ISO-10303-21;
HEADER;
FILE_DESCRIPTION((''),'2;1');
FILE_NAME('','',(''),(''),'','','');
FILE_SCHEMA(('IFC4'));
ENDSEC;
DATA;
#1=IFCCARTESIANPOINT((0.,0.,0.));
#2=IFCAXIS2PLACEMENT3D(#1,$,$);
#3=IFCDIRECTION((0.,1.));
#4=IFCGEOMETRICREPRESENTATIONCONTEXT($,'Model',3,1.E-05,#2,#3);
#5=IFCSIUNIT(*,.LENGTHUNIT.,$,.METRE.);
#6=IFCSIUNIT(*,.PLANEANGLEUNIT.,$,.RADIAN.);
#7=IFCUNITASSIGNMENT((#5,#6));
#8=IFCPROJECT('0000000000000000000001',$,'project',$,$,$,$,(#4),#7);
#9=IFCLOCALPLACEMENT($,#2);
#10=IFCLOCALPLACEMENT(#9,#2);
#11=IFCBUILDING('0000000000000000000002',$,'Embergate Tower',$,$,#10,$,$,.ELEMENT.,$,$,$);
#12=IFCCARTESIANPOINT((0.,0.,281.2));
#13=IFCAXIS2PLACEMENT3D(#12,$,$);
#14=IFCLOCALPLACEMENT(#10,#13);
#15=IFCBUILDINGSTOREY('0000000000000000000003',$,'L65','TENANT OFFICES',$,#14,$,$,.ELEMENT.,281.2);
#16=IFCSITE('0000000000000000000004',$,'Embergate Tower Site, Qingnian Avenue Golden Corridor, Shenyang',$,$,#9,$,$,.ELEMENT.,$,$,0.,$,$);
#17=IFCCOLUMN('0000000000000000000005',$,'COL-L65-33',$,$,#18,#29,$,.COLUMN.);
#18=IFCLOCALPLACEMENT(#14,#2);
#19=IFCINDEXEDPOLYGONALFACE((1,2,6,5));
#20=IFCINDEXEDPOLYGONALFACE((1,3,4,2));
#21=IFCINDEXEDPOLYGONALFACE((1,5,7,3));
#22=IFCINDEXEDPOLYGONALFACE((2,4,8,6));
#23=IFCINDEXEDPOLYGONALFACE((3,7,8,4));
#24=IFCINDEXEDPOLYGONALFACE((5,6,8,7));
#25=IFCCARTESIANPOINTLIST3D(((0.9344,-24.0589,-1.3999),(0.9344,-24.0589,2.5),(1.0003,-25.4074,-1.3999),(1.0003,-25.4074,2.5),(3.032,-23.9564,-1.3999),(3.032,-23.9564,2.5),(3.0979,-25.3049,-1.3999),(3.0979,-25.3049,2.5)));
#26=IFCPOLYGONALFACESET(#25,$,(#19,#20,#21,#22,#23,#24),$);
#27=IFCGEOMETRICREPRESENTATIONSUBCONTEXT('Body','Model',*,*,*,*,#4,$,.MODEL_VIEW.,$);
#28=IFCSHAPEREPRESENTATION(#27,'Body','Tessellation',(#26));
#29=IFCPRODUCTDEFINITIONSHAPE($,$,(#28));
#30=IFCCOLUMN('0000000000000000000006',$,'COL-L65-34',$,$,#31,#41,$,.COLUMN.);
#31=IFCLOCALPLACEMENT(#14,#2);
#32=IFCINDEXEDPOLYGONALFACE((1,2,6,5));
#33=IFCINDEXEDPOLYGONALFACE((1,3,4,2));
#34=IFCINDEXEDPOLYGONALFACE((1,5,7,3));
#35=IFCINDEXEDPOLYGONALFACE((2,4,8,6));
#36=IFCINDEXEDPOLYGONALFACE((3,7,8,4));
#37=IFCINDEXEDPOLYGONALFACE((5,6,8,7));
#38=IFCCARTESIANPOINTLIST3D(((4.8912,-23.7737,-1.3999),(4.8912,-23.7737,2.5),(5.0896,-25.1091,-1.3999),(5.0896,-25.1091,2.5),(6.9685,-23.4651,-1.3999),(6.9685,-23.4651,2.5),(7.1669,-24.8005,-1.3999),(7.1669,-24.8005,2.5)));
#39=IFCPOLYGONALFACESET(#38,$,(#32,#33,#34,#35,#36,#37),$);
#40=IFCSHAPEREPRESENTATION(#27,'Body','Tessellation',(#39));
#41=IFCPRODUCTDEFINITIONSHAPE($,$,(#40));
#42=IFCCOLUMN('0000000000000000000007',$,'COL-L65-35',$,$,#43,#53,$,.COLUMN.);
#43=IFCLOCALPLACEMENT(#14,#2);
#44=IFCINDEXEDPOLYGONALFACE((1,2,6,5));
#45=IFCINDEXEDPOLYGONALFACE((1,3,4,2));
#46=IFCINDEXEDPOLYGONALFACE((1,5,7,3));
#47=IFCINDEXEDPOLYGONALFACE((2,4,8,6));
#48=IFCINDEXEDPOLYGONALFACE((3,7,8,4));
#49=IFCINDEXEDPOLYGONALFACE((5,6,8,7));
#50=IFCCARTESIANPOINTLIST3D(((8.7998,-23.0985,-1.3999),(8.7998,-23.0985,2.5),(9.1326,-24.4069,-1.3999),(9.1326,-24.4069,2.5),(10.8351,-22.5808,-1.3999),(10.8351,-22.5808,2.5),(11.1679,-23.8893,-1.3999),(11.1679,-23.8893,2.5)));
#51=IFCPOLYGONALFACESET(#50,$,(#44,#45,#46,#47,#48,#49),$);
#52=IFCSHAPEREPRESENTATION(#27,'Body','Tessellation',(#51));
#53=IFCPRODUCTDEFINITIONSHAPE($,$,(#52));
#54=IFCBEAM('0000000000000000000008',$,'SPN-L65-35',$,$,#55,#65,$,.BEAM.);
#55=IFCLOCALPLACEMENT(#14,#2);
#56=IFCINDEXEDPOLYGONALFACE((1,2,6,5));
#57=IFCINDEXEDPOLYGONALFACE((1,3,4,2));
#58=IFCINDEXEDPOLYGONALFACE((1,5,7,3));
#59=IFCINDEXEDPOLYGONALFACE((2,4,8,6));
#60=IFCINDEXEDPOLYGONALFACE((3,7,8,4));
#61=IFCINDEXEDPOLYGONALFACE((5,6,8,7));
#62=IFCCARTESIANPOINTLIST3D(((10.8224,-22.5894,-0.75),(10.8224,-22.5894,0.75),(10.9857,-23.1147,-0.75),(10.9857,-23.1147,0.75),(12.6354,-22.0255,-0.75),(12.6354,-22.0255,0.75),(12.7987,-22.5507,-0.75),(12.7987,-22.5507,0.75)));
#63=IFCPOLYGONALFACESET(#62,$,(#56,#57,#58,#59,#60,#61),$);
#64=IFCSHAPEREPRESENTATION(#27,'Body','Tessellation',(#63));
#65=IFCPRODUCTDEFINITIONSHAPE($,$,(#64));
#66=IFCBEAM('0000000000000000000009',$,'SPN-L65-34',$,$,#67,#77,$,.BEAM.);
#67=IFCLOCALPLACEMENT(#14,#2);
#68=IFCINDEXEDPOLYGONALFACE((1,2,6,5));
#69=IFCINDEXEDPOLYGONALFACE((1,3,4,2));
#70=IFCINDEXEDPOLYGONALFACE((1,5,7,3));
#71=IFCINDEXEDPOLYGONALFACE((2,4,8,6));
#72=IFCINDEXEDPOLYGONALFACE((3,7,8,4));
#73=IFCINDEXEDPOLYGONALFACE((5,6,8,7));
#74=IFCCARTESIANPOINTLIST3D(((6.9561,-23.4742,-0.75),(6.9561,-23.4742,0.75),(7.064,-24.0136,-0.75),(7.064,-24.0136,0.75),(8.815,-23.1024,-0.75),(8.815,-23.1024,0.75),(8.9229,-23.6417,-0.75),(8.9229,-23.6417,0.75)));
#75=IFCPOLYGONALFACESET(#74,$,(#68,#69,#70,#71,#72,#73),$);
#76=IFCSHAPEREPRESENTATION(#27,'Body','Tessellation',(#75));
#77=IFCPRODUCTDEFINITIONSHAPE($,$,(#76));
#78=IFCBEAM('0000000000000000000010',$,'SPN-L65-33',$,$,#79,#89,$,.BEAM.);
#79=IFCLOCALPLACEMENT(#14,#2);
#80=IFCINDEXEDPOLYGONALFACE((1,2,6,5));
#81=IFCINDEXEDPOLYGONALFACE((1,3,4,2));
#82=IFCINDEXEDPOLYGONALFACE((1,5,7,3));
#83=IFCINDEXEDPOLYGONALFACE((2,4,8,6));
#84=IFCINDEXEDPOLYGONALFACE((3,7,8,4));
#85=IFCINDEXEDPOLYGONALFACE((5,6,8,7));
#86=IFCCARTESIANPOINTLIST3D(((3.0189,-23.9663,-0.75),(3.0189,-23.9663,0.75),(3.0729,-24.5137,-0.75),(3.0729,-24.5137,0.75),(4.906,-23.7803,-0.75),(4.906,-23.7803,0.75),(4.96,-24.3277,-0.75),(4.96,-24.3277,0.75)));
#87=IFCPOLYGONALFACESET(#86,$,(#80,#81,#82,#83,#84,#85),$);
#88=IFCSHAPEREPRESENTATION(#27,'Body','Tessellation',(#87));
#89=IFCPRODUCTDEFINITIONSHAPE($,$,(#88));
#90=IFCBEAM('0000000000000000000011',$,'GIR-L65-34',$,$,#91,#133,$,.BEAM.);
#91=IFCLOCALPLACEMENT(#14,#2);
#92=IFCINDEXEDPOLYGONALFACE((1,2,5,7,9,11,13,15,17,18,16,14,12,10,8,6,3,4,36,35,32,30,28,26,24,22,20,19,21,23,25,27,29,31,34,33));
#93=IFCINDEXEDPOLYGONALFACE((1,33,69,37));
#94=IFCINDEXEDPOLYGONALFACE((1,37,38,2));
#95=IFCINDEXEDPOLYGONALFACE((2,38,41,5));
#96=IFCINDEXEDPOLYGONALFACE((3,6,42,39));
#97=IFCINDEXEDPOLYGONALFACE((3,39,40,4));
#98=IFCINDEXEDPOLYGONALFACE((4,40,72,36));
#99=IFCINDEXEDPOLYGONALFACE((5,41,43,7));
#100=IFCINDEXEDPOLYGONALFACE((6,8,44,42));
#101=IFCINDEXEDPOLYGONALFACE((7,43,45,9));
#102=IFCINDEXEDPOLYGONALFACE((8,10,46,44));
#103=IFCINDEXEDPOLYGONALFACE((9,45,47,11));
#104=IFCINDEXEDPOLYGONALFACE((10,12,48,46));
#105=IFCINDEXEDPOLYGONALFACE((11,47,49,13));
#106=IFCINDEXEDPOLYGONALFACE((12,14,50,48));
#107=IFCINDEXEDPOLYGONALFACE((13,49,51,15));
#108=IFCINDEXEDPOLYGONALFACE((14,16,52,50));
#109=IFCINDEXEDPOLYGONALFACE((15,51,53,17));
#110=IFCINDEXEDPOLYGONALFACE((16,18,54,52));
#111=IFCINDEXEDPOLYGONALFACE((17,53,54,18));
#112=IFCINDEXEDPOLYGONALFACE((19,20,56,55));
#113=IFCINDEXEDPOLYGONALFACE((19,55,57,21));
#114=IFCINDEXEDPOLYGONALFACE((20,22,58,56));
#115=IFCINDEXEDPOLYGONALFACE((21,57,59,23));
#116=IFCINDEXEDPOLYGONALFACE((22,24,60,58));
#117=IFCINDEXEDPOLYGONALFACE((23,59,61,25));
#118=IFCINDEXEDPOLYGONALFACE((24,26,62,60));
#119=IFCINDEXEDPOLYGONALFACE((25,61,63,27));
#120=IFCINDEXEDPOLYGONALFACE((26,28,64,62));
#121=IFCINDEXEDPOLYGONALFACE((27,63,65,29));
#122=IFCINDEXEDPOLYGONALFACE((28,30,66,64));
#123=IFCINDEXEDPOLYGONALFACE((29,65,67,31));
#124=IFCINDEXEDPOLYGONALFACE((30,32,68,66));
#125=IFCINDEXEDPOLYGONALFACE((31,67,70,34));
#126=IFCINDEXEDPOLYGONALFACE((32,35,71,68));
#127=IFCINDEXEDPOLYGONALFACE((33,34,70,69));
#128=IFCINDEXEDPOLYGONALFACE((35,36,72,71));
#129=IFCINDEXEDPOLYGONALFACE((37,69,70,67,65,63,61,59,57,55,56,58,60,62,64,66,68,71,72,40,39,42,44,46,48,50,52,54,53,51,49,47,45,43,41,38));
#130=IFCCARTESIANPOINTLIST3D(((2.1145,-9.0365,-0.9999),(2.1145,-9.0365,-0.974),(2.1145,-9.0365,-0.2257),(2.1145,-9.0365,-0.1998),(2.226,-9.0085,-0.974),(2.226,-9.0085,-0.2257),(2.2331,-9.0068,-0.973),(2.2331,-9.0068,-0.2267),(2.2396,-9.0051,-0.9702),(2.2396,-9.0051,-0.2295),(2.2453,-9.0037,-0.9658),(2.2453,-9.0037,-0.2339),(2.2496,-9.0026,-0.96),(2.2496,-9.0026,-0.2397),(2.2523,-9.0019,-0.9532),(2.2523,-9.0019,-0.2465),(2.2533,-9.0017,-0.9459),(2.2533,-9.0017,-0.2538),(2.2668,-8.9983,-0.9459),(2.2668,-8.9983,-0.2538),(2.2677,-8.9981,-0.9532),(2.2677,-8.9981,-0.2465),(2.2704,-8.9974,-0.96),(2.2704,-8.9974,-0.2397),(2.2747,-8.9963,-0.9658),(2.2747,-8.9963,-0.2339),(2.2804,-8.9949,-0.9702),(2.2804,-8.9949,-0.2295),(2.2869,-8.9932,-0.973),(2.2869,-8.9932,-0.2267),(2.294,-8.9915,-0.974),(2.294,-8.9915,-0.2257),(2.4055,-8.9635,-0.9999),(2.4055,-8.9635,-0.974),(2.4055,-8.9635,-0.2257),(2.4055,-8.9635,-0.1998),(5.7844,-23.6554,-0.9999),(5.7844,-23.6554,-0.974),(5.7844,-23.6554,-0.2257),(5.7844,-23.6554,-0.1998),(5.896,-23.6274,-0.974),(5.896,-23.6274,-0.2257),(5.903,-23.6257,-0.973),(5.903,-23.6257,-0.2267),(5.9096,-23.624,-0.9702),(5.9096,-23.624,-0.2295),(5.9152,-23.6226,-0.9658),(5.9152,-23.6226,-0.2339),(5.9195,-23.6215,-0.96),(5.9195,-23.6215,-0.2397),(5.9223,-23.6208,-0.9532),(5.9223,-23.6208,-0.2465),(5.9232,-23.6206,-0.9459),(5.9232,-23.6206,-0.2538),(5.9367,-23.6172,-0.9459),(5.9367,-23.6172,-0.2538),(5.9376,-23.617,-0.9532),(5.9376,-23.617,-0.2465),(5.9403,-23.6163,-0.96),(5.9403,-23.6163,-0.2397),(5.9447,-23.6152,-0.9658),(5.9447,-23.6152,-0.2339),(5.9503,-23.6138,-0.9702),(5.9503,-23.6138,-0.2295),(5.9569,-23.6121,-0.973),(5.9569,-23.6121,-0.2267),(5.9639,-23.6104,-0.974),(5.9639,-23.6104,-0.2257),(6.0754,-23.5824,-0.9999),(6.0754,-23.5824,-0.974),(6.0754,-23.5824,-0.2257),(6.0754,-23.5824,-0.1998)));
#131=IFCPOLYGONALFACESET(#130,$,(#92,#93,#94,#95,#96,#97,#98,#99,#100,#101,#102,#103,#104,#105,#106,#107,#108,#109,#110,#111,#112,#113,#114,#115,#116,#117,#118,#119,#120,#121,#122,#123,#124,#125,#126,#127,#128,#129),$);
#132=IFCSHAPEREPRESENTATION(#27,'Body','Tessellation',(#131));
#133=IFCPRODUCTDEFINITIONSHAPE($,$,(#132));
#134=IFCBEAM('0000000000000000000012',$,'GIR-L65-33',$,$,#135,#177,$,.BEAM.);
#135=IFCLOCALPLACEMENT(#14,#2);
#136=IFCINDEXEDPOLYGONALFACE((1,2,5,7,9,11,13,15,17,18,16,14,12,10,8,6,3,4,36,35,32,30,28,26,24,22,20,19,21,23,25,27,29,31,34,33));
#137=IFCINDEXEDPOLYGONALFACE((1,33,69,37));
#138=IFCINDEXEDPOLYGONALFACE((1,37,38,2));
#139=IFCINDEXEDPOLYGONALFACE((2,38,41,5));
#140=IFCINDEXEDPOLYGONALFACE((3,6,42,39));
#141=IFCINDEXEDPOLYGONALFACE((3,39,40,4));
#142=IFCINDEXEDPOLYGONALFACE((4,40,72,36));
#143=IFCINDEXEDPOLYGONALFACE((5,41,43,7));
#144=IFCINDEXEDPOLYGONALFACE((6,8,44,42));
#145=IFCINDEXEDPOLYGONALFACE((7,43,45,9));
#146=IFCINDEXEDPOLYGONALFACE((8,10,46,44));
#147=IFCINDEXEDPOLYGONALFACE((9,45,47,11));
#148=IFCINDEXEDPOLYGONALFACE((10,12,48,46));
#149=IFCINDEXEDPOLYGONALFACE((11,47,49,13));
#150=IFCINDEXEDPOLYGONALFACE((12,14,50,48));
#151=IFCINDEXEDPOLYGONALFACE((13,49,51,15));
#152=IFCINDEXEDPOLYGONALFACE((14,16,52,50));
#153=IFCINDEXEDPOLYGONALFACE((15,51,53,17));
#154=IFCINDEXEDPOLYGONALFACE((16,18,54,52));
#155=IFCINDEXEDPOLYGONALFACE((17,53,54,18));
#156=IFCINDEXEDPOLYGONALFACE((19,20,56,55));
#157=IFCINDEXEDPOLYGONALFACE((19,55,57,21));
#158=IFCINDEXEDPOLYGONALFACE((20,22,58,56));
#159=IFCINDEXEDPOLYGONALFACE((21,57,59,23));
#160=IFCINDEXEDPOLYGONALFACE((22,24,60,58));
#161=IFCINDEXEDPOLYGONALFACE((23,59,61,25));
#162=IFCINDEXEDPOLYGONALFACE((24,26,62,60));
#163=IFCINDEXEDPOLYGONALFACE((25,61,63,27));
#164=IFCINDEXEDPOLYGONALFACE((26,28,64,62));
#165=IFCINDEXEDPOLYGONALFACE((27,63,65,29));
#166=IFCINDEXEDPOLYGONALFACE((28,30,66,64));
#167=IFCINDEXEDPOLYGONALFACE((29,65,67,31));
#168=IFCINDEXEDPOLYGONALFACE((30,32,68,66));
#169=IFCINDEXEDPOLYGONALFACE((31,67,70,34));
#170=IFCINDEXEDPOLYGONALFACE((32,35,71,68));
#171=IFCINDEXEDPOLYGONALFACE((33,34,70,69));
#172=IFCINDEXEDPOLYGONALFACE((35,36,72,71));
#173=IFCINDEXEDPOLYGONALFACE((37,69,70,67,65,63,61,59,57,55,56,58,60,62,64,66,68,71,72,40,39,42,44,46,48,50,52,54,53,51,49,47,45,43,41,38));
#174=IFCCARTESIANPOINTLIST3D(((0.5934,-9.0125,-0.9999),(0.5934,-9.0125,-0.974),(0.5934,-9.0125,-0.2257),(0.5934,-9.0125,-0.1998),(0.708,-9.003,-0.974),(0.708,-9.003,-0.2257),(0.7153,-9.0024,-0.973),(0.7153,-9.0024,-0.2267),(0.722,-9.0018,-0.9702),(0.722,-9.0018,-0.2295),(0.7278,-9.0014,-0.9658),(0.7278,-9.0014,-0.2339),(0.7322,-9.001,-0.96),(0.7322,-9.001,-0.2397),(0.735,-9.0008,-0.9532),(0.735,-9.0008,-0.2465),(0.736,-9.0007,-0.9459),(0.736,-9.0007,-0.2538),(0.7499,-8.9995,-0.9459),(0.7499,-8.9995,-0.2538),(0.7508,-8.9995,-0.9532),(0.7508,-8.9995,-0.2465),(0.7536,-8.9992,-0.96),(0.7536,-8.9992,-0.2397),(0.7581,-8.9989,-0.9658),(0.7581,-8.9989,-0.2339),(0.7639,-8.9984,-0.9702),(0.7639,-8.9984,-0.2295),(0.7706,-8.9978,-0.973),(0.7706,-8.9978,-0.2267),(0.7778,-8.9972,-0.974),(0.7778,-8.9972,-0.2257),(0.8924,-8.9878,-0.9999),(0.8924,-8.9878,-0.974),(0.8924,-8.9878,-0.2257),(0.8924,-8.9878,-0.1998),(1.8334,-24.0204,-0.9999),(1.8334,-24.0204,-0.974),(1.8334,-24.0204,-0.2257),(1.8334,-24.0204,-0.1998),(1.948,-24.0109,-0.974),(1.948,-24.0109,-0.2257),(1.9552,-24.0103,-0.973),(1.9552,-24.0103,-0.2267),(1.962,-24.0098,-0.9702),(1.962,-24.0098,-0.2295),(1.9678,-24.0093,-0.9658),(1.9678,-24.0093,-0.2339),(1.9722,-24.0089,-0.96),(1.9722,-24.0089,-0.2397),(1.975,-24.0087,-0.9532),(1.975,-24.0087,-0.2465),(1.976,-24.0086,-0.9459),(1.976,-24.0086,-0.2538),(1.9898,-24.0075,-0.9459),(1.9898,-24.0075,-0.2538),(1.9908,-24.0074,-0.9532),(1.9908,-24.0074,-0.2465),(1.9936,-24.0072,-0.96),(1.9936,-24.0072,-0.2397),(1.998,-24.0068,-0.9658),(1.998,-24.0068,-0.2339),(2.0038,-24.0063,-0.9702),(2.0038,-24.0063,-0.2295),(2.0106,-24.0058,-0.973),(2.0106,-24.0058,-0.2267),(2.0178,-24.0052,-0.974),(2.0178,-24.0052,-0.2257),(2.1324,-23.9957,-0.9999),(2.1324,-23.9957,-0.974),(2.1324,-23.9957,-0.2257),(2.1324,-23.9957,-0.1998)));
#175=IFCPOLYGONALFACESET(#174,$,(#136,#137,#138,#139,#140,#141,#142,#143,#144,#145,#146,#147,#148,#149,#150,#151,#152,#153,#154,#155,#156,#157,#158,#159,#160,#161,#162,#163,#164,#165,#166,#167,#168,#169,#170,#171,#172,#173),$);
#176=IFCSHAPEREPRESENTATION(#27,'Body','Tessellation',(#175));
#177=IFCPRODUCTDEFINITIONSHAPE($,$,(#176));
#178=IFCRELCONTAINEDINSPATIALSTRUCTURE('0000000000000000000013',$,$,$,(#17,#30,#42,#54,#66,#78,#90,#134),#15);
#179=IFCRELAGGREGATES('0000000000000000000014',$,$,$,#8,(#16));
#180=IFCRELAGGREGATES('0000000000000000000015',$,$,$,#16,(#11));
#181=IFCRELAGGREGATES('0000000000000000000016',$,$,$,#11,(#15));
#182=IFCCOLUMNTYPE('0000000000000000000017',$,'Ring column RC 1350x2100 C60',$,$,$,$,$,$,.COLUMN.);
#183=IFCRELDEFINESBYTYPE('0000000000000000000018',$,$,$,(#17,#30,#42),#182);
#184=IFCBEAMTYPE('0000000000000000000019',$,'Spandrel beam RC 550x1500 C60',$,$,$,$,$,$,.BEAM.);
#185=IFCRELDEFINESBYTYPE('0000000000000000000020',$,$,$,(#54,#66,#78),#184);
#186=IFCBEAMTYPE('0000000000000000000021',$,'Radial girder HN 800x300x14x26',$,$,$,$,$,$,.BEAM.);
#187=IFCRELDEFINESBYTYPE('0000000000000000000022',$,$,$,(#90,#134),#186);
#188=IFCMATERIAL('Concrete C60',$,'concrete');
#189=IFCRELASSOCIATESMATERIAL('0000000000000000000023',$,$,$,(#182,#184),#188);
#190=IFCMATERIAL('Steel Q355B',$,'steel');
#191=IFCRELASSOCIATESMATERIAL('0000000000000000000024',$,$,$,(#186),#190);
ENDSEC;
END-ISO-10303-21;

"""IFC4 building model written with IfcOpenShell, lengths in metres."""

from ifc_helpers import new_model, si_unit, direction, frame, origin, origin_2d, place, context, subcontext, project, spatial, rectangle, i_section, extrude, source, transform, mapped, material, material_profile, profile_set, type_object, element, save


model = new_model("IFC4")

# Units and contexts
model_context = context("Model", 3, precision=1e-05, world=origin(), true_north=direction((0.0, 1.0)))
body_context = subcontext(model_context, "Body", "Model", "MODEL_VIEW")
ifc_project = project(units=[si_unit("LENGTHUNIT", "METRE"), si_unit("PLANEANGLEUNIT", "RADIAN")], contexts=[model_context])

# Site, building, storey
site_placement = place(None, origin())
site = spatial("IfcSite", under=ifc_project, at=site_placement, Name="Embergate Tower Site, Qingnian Avenue Golden Corridor, Shenyang", CompositionType="ELEMENT", RefElevation=0.0)
building_placement = place(site_placement, origin())
building = spatial("IfcBuilding", under=site, at=building_placement, Name="Embergate Tower", CompositionType="ELEMENT")
storey_placement = place(building_placement, frame((0.0, 0.0, 281.2)))
storey = spatial("IfcBuildingStorey", under=building, at=storey_placement, Name="L65", Description="TENANT OFFICES", CompositionType="ELEMENT", Elevation=281.2)

# Columns
ifc_material_1 = material(Name="Concrete C60", Category="concrete")
ifc_material_profile_1 = material_profile(ifc_material_1, rectangle(XDim=1.3501, YDim=2.1001, at=origin_2d()), Name="RC 1350x2100")
ifc_profile_set_1 = profile_set([ifc_material_profile_1], Name="Concrete C60")
column_type = type_object("IfcColumnType", Name="Ring column RC 1350x2100 C60", PredefinedType="COLUMN", material=ifc_profile_set_1)
shared_shape_1 = source(origin(), body_context, "Body", "SweptSolid", [
    extrude(rectangle(XDim=1.3501, YDim=2.1001, at=origin_2d()), origin(), (0.0, 0.0, 1.0), 3.8999),
])
for number, where, z_axis, x_axis, name in (
    (1, (2.0161, -24.6819, -1.3999), (0.0, 0.0, 1.0), (0.048815, -0.998808, 0.0), "COL-L65-33"),
    (2, (6.0291, -24.2871, -1.3999), (0.0, 0.0, 1.0), (0.146929, -0.989147, 0.0), "COL-L65-34"),
    (3, (9.9839, -23.4939, -1.3999), (0.0, 0.0, 1.0), (0.246492, -0.969145, 0.0), "COL-L65-35"),
):
    element("IfcColumn", number, at=place(storey_placement, frame(where, z_axis=z_axis, x_axis=x_axis)), inside=storey, type_object=column_type, Name=name, PredefinedType="COLUMN", context=body_context, shape_type="MappedRepresentation", body=[
        mapped(shared_shape_1, transform((0.0, 0.0, 0.0))),
    ])

# Beams
ifc_material_profile_2 = material_profile(ifc_material_1, rectangle(XDim=0.55, YDim=1.5, at=origin_2d()), Name="RC 550x1500")
ifc_profile_set_2 = profile_set([ifc_material_profile_2], Name="Concrete C60")
beam_type_1 = type_object("IfcBeamType", Name="Spandrel beam RC 550x1500 C60", PredefinedType="BEAM", material=ifc_profile_set_2)
shared_shape_2 = source(origin(), body_context, "Body", "SweptSolid", [
    extrude(rectangle(XDim=0.55, YDim=1.5, at=origin_2d()), origin(), (0.0, 0.0, 1.0), 1.8987),
])
beam_1_placement = place(storey_placement, frame((10.9041, -22.8521, 0.0), z_axis=(0.954868, 0.29703, 0.0), x_axis=(-0.29703, 0.954868, 0.0)))
element("IfcBeam", 4, at=beam_1_placement, inside=storey, type_object=beam_type_1, Name="SPN-L65-35", PredefinedType="BEAM", context=body_context, shape_type="MappedRepresentation", body=[
    mapped(shared_shape_2, transform((0.0, 0.0, 0.0))),
])
shared_shape_3 = source(origin(), body_context, "Body", "SweptSolid", [
    extrude(rectangle(XDim=0.55, YDim=1.5, at=origin_2d()), origin(), (0.0, 0.0, 1.0), 1.8958),
])
beam_2_placement = place(storey_placement, frame((7.01, -23.7439, 0.0), z_axis=(0.980576, 0.196141, 0.0), x_axis=(-0.196141, 0.980576, 0.0)))
element("IfcBeam", 5, at=beam_2_placement, inside=storey, type_object=beam_type_1, Name="SPN-L65-34", PredefinedType="BEAM", context=body_context, shape_type="MappedRepresentation", body=[
    mapped(shared_shape_3, transform((0.0, 0.0, 0.0))),
])
shared_shape_4 = source(origin(), body_context, "Body", "SweptSolid", [
    extrude(rectangle(XDim=0.55, YDim=1.5, at=origin_2d()), origin(), (0.0, 0.0, 1.0), 1.8962),
])
beam_3_placement = place(storey_placement, frame((3.0459, -24.24, 0.0), z_axis=(0.995176, 0.098101, 0.0), x_axis=(-0.098101, 0.995176, 0.0)))
element("IfcBeam", 6, at=beam_3_placement, inside=storey, type_object=beam_type_1, Name="SPN-L65-33", PredefinedType="BEAM", context=body_context, shape_type="MappedRepresentation", body=[
    mapped(shared_shape_4, transform((0.0, 0.0, 0.0))),
])
ifc_material_2 = material(Name="Steel Q355B", Category="steel")
ifc_material_profile_3 = material_profile(ifc_material_2, i_section(OverallWidth=0.3, OverallDepth=0.8, WebThickness=0.0139, FlangeThickness=0.0259, FilletRadius=0.0281, at=origin_2d()), Name="HN 800x300x14x26")
ifc_profile_set_3 = profile_set([ifc_material_profile_3], Name="Steel Q355 grade B")
beam_type_2 = type_object("IfcBeamType", Name="Radial girder HN 800x300x14x26", PredefinedType="BEAM", material=ifc_profile_set_3)
shared_shape_5 = source(origin(), body_context, "Body", "SweptSolid", [
    extrude(i_section(OverallWidth=0.3, OverallDepth=0.8, WebThickness=0.0139, FlangeThickness=0.0259, FilletRadius=0.0281, at=origin_2d()), origin(), (0.0, 0.0, 1.0), 15.0725),
])
beam_4_placement = place(storey_placement, frame((5.9299, -23.6189, -0.5999), z_axis=(-0.243485, 0.969905, 0.0), x_axis=(-0.969905, -0.243485, 0.0)))
element("IfcBeam", 7, at=beam_4_placement, inside=storey, type_object=beam_type_2, Name="GIR-L65-34", PredefinedType="BEAM", context=body_context, shape_type="MappedRepresentation", body=[
    mapped(shared_shape_5, transform((0.0, 0.0, 0.0))),
])
shared_shape_6 = source(origin(), body_context, "Body", "SweptSolid", [
    extrude(i_section(OverallWidth=0.3, OverallDepth=0.8, WebThickness=0.0139, FlangeThickness=0.0259, FilletRadius=0.0281, at=origin_2d()), origin(), (0.0, 0.0, 1.0), 15.0591),
])
beam_5_placement = place(storey_placement, frame((1.9829, -24.0081, -0.5999), z_axis=(-0.082341, 0.996604, 0.0), x_axis=(-0.996604, -0.082341, 0.0)))
element("IfcBeam", 8, at=beam_5_placement, inside=storey, type_object=beam_type_2, Name="GIR-L65-33", PredefinedType="BEAM", context=body_context, shape_type="MappedRepresentation", body=[
    mapped(shared_shape_6, transform((0.0, 0.0, 0.0))),
])

save(model, "model.ifc")
